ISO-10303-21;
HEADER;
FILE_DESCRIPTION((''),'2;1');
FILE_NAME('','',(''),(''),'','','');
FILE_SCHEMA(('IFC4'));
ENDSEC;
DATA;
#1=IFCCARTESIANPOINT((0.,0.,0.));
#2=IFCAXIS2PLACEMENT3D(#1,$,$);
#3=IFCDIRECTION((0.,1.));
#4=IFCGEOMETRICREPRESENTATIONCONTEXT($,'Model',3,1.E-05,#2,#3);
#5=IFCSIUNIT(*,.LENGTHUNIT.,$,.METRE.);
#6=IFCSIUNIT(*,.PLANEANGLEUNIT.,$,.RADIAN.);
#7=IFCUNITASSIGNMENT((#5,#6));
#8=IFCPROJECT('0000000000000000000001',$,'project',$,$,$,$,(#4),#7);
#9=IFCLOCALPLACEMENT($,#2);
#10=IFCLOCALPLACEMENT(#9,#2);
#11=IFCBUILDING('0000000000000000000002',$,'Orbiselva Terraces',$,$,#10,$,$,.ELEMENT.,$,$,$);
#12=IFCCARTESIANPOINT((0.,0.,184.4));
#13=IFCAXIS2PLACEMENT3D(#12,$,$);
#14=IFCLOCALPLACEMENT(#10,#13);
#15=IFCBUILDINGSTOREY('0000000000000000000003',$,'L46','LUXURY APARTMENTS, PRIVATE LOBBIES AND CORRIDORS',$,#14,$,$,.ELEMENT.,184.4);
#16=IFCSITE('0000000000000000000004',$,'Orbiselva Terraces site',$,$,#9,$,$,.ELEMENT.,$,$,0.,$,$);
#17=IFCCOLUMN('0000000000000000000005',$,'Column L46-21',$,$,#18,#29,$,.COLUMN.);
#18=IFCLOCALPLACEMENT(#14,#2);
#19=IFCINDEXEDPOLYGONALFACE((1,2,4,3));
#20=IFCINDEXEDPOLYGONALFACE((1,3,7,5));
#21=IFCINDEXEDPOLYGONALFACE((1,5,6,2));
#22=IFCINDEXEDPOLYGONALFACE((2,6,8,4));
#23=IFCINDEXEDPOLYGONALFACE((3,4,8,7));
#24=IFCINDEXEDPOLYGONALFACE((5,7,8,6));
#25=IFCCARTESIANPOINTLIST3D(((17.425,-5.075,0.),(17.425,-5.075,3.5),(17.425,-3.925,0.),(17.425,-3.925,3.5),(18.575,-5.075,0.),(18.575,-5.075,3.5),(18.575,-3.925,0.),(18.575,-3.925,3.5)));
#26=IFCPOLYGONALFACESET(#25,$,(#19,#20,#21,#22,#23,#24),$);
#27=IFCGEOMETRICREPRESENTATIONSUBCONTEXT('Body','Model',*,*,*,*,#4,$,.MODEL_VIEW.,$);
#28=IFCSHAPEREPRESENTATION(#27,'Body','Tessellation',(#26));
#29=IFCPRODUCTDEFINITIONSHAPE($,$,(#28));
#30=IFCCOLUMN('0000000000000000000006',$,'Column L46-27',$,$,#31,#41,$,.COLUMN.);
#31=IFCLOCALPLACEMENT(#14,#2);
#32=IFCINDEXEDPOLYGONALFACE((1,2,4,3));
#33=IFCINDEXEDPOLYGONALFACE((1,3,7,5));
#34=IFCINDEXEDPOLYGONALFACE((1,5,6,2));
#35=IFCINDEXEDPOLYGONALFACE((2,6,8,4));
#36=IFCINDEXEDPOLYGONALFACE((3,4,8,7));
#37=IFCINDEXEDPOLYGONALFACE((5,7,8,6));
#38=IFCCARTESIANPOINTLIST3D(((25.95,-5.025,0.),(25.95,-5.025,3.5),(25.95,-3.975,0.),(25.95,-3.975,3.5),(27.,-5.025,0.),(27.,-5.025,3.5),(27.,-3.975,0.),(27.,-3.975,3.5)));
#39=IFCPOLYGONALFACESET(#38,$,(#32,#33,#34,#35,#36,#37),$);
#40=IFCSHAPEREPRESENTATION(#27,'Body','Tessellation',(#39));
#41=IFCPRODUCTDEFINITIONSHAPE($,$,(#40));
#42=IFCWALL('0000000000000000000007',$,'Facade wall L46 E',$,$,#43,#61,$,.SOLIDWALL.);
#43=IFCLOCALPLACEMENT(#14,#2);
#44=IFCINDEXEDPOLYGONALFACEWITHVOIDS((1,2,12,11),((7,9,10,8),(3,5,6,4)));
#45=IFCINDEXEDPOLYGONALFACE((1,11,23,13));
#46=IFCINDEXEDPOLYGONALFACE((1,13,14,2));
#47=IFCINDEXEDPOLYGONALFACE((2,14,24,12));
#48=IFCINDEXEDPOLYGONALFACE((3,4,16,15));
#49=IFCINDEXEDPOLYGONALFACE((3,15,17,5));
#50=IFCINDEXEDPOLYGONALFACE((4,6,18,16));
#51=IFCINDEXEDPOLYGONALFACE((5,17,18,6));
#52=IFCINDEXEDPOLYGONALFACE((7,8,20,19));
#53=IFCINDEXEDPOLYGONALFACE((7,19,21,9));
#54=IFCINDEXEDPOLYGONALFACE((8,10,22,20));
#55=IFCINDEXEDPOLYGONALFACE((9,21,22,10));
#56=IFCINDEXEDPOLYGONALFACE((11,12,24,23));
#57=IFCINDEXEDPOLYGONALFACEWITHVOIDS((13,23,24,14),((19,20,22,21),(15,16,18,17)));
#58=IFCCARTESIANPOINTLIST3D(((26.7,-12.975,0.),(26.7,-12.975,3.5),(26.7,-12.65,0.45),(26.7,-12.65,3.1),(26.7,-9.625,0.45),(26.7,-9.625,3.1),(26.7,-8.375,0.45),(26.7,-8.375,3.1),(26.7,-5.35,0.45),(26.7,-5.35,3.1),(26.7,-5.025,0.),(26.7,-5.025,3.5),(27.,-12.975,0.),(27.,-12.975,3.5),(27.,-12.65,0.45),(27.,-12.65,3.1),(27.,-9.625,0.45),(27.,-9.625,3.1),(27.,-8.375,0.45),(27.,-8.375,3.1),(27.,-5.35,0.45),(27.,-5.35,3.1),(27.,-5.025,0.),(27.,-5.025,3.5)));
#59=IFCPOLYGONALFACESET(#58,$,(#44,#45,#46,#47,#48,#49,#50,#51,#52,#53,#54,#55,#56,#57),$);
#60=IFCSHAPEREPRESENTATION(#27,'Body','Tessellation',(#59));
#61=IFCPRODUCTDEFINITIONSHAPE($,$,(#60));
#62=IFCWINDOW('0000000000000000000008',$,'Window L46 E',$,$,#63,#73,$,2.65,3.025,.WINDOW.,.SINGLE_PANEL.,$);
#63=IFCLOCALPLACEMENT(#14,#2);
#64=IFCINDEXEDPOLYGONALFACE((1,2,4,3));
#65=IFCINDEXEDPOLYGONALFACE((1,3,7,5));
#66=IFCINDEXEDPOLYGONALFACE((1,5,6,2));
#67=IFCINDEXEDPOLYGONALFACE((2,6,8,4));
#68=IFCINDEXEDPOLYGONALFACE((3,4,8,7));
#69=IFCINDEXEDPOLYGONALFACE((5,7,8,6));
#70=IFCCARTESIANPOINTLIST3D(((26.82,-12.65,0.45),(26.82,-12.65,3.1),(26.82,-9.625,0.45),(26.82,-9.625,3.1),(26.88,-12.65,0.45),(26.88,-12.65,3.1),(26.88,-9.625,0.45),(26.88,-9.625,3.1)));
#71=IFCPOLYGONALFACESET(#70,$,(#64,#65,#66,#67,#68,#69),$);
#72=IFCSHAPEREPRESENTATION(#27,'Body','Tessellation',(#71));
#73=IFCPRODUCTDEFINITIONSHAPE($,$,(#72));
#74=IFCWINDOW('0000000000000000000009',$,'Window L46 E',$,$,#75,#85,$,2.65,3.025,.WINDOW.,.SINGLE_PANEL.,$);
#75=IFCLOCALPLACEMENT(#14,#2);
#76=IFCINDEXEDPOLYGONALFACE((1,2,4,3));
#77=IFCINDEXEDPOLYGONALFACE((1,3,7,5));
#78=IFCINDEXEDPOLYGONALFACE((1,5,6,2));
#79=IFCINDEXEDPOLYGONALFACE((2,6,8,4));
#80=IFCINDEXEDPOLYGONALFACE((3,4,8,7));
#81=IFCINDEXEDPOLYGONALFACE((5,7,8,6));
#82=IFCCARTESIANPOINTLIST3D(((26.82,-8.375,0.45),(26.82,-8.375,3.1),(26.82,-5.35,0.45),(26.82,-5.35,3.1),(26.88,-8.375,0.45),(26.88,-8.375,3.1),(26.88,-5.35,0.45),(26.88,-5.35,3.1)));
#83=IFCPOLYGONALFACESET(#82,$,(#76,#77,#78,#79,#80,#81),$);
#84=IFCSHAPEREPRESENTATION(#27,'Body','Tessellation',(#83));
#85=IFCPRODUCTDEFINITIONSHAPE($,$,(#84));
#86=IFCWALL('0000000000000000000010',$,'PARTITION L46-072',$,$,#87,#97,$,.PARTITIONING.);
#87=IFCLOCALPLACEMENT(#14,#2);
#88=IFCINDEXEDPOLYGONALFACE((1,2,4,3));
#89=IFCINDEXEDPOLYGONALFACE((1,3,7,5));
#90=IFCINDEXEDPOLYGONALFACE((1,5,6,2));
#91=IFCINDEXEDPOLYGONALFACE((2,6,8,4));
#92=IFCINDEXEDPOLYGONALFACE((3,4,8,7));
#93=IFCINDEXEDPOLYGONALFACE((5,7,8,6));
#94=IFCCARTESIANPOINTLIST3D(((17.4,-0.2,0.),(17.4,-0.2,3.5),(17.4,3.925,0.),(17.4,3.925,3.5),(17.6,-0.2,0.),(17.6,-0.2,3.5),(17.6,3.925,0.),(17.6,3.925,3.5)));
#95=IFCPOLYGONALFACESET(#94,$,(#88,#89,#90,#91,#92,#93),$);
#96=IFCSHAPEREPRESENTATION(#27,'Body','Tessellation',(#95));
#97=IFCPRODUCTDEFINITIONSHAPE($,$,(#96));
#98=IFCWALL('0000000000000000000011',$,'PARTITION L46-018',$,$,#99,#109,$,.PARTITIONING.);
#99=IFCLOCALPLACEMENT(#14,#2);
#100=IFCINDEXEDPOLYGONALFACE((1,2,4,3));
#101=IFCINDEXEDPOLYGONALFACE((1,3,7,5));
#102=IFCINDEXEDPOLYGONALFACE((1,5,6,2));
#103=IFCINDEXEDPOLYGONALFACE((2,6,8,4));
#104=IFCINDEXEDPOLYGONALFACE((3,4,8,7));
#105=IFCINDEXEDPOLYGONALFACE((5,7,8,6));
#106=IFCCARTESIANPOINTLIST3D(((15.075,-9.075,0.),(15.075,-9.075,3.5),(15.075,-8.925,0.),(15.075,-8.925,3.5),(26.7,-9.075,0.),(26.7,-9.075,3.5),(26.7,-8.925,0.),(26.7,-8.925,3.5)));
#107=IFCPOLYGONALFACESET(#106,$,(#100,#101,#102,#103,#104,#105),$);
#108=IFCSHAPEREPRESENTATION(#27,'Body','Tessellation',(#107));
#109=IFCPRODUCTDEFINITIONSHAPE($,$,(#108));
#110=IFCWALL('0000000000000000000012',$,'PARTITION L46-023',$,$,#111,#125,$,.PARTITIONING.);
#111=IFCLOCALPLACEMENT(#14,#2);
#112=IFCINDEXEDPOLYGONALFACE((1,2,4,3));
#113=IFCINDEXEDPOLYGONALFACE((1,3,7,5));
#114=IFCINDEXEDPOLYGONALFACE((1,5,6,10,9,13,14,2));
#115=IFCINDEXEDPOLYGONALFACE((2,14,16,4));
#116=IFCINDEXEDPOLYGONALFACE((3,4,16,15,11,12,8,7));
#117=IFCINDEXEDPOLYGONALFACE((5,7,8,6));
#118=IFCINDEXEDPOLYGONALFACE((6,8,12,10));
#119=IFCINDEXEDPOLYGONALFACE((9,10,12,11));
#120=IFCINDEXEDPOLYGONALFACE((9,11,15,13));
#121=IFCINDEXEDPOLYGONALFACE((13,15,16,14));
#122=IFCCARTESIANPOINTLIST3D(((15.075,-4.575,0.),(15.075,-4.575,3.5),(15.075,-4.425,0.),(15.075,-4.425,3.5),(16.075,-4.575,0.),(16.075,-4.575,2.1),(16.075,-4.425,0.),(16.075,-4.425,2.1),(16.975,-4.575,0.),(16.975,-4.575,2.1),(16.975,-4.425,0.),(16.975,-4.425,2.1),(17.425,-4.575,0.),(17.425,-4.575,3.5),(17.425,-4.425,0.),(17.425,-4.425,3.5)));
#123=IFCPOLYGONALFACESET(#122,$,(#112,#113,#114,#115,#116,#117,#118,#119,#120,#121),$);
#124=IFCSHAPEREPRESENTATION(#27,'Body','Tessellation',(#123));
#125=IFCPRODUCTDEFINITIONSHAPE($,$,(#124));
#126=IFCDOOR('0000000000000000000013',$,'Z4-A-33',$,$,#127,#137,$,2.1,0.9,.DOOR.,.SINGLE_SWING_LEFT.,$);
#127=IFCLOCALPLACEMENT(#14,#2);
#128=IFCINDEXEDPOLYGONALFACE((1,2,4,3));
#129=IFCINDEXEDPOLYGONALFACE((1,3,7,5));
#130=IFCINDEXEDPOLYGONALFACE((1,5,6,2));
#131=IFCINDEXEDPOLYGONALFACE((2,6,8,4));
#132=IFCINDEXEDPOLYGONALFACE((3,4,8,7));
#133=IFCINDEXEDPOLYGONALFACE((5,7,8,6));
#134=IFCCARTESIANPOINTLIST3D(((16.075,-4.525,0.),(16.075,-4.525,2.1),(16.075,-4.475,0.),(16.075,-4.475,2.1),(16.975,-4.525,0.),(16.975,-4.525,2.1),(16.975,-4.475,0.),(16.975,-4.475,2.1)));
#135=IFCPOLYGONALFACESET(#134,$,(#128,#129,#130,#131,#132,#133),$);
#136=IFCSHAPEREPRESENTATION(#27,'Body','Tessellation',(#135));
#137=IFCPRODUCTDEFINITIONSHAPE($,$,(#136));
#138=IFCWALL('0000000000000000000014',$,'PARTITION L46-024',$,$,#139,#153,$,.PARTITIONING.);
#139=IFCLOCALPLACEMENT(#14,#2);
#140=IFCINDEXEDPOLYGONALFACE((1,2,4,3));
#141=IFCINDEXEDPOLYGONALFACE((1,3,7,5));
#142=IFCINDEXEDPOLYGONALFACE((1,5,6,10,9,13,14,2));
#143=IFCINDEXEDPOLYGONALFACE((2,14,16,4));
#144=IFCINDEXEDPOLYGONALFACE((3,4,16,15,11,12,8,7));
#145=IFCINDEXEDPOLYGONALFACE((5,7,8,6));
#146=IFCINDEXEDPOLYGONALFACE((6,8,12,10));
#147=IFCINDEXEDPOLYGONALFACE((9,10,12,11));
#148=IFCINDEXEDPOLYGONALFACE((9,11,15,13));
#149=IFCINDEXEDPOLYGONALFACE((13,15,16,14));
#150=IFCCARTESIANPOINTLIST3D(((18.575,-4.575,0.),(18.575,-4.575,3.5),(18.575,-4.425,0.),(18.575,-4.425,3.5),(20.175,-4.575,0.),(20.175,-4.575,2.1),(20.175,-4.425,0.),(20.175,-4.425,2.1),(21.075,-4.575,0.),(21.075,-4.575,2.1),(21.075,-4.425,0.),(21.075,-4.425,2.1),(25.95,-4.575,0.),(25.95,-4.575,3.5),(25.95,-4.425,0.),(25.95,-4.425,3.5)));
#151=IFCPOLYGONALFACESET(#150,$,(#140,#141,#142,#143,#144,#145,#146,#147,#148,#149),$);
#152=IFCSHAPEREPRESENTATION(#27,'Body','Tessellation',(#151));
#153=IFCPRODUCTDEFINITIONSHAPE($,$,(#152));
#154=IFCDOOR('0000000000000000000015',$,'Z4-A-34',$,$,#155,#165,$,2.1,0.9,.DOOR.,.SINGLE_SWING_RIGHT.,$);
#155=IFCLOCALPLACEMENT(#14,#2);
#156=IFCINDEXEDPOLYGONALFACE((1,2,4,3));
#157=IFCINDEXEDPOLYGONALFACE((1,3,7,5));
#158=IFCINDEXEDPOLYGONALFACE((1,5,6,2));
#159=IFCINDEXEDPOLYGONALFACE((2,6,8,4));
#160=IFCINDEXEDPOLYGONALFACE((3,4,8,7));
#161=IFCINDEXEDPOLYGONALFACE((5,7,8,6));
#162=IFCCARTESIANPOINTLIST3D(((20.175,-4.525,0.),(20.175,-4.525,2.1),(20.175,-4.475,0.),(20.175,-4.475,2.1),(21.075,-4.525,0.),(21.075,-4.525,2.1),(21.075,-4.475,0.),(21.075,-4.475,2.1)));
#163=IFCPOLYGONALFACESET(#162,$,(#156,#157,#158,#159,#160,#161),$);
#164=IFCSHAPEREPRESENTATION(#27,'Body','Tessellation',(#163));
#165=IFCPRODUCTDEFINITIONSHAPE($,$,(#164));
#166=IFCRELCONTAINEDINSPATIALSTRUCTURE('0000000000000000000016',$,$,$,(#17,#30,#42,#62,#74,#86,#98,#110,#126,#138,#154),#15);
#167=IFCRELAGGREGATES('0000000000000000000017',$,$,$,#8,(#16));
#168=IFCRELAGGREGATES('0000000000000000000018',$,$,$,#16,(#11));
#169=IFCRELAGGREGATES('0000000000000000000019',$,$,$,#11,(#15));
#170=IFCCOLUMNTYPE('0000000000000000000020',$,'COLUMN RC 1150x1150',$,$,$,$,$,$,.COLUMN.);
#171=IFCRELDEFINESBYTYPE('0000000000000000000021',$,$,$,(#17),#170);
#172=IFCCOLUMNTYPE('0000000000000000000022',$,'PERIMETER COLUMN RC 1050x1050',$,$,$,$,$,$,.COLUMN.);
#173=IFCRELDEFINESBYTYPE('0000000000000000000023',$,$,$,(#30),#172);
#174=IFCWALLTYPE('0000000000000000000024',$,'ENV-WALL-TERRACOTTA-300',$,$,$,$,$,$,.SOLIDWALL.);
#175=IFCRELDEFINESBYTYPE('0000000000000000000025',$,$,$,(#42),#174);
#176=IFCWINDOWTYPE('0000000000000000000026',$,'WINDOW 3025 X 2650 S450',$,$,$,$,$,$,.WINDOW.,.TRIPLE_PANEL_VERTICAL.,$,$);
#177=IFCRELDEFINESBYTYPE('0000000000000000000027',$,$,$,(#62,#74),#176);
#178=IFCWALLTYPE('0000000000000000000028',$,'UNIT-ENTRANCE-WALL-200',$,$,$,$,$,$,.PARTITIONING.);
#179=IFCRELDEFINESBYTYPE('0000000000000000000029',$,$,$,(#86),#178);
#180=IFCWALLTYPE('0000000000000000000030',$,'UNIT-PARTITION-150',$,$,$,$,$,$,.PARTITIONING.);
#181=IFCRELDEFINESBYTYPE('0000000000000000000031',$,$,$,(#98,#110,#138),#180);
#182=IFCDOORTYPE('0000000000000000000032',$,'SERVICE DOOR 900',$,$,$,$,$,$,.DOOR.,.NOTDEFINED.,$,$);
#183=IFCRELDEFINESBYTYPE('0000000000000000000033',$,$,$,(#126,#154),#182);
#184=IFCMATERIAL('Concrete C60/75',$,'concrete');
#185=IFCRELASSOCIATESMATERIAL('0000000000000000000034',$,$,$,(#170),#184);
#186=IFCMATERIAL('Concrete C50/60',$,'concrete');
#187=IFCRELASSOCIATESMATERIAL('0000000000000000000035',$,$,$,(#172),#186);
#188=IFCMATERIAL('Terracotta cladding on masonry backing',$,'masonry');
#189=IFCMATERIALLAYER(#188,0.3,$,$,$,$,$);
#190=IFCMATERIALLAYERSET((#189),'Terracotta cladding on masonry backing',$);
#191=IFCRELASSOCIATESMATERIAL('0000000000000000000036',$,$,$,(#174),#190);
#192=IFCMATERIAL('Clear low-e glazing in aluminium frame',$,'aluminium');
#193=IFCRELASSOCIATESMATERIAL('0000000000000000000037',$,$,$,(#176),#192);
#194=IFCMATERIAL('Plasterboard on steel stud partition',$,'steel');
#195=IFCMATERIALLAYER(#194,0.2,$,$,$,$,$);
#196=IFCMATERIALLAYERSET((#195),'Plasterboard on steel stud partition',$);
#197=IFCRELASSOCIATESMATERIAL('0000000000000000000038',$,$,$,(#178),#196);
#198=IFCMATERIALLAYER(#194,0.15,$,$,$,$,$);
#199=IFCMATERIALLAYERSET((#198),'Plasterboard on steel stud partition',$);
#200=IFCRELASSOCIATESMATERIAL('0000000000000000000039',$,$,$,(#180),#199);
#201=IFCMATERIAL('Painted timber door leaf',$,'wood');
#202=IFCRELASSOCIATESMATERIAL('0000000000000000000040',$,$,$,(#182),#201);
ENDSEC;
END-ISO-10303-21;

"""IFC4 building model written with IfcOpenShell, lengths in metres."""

from ifc_helpers import new_model, si_unit, direction, frame, frame_2d, origin, origin_2d, place, context, subcontext, project, spatial, rectangle, extrude, material, layer, layer_set, material_profile, profile_set, type_object, element, fill, save


model = new_model("IFC4")

# Units and contexts
model_context = context("Model", 3, precision=1e-05, world=origin(), true_north=direction((0.0, 1.0)))
body_context = subcontext(model_context, "Body", "Model", "MODEL_VIEW")
ifc_project = project(units=[si_unit("LENGTHUNIT", "METRE"), si_unit("PLANEANGLEUNIT", "RADIAN")], contexts=[model_context])

# Site, building, storey
site_placement = place(None, origin())
site = spatial("IfcSite", under=ifc_project, at=site_placement, Name="Orbiselva Terraces site", CompositionType="ELEMENT", RefElevation=0.0)
building_placement = place(site_placement, origin())
building = spatial("IfcBuilding", under=site, at=building_placement, Name="Orbiselva Terraces", CompositionType="ELEMENT")
storey_placement = place(building_placement, frame((0.0, 0.0, 184.4)))
storey = spatial("IfcBuildingStorey", under=building, at=storey_placement, Name="L46", Description="LUXURY APARTMENTS, PRIVATE LOBBIES AND CORRIDORS", CompositionType="ELEMENT", Elevation=184.4)

# Columns
ifc_material_1 = material(Name="Concrete C60/75", Category="concrete")
ifc_material_profile_1 = material_profile(ifc_material_1, rectangle(XDim=1.15, YDim=1.15, at=origin_2d()), Name="RC 1150x1150")
ifc_profile_set_1 = profile_set([ifc_material_profile_1], Name="Concrete C60/75")
column_type_1 = type_object("IfcColumnType", Name="COLUMN RC 1150x1150", PredefinedType="COLUMN", material=ifc_profile_set_1)
column_1_placement = place(storey_placement, frame((18.0, -4.5, 0.0), z_axis=(0.0, 0.0, 1.0), x_axis=(1.0, 0.0, 0.0)))
element("IfcColumn", 1, at=column_1_placement, inside=storey, type_object=column_type_1, Name="Column L46-21", PredefinedType="COLUMN", context=body_context, shape_type="SweptSolid", body=[
    extrude(rectangle(XDim=1.15, YDim=1.15, at=origin_2d()), origin(), (0.0, 0.0, 1.0), 3.5),
])
ifc_material_2 = material(Name="Concrete C50/60", Category="concrete")
ifc_material_profile_2 = material_profile(ifc_material_2, rectangle(XDim=1.05, YDim=1.05, at=origin_2d()), Name="RC 1050x1050")
ifc_profile_set_2 = profile_set([ifc_material_profile_2], Name="Concrete C50/60")
column_type_2 = type_object("IfcColumnType", Name="PERIMETER COLUMN RC 1050x1050", PredefinedType="COLUMN", material=ifc_profile_set_2)
column_2_placement = place(storey_placement, frame((26.475, -4.5, 0.0), z_axis=(0.0, 0.0, 1.0), x_axis=(1.0, 0.0, 0.0)))
element("IfcColumn", 2, at=column_2_placement, inside=storey, type_object=column_type_2, Name="Column L46-27", PredefinedType="COLUMN", context=body_context, shape_type="SweptSolid", body=[
    extrude(rectangle(XDim=1.05, YDim=1.05, at=origin_2d()), origin(), (0.0, 0.0, 1.0), 3.5),
])

# Wall, openings, windows
ifc_material_3 = material(Name="Terracotta cladding on masonry backing", Category="masonry")
ifc_layer_1 = layer(ifc_material_3, 0.3)
ifc_layer_set_1 = layer_set([ifc_layer_1], Name="Terracotta cladding on masonry backing")
wall_type_1 = type_object("IfcWallType", Name="ENV-WALL-TERRACOTTA-300", PredefinedType="SOLIDWALL", material=ifc_layer_set_1)
wall_1_placement = place(storey_placement, frame((26.85, -5.025, 0.0), z_axis=(0.0, 0.0, 1.0), x_axis=(0.0, -1.0, 0.0)))
wall_1 = element("IfcWall", 3, at=wall_1_placement, inside=storey, type_object=wall_type_1, Name="Facade wall L46 E", PredefinedType="SOLIDWALL", context=body_context, shape_type="SweptSolid", body=[
    extrude(rectangle(XDim=7.95, YDim=0.3, at=frame_2d((3.975, 0.0))), origin(), (0.0, 0.0, 1.0), 3.5),
])
opening_1_placement = place(wall_1_placement, frame((4.6, 0.0, 0.45)))
opening_1 = element("IfcOpeningElement", 4, at=opening_1_placement, cuts=wall_1, PredefinedType="OPENING", context=body_context, shape_type="SweptSolid", body=[
    extrude(rectangle(XDim=3.025, YDim=2.65, at=frame_2d((1.5125, 1.325))), frame((0.0, 0.16, 0.0), z_axis=(0.0, -1.0, 0.0), x_axis=(1.0, 0.0, 0.0)), (0.0, 0.0, 1.0), 0.32),
])
opening_2_placement = place(wall_1_placement, frame((0.325, 0.0, 0.45)))
opening_2 = element("IfcOpeningElement", 5, at=opening_2_placement, cuts=wall_1, PredefinedType="OPENING", context=body_context, shape_type="SweptSolid", body=[
    extrude(rectangle(XDim=3.025, YDim=2.65, at=frame_2d((1.5125, 1.325))), frame((0.0, 0.16, 0.0), z_axis=(0.0, -1.0, 0.0), x_axis=(1.0, 0.0, 0.0)), (0.0, 0.0, 1.0), 0.32),
])
ifc_material_4 = material(Name="Clear low-e glazing in aluminium frame", Category="aluminium")
window_type = type_object("IfcWindowType", Name="WINDOW 3025 X 2650 S450", PartitioningType="TRIPLE_PANEL_VERTICAL", PredefinedType="WINDOW", material=ifc_material_4)
window_1_placement = place(opening_1_placement, origin())
window_1 = element("IfcWindow", 6, at=window_1_placement, inside=storey, type_object=window_type, Name="Window L46 E", OverallHeight=2.65, OverallWidth=3.025, PartitioningType="SINGLE_PANEL", PredefinedType="WINDOW", context=body_context, shape_type="SweptSolid", body=[
    extrude(rectangle(XDim=3.025, YDim=2.65, at=frame_2d((1.5125, 1.325))), frame((0.0, 0.03, 0.0), z_axis=(0.0, -1.0, 0.0), x_axis=(1.0, 0.0, 0.0)), (0.0, 0.0, 1.0), 0.06),
])
fill(opening_1, window_1)
window_2_placement = place(opening_2_placement, origin())
window_2 = element("IfcWindow", 7, at=window_2_placement, inside=storey, type_object=window_type, Name="Window L46 E", OverallHeight=2.65, OverallWidth=3.025, PartitioningType="SINGLE_PANEL", PredefinedType="WINDOW", context=body_context, shape_type="SweptSolid", body=[
    extrude(rectangle(XDim=3.025, YDim=2.65, at=frame_2d((1.5125, 1.325))), frame((0.0, 0.03, 0.0), z_axis=(0.0, -1.0, 0.0), x_axis=(1.0, 0.0, 0.0)), (0.0, 0.0, 1.0), 0.06),
])
fill(opening_2, window_2)

# Walls
ifc_material_5 = material(Name="Plasterboard on steel stud partition", Category="steel")
ifc_layer_2 = layer(ifc_material_5, 0.2)
ifc_layer_set_2 = layer_set([ifc_layer_2], Name="Plasterboard on steel stud partition")
wall_type_2 = type_object("IfcWallType", Name="UNIT-ENTRANCE-WALL-200", PredefinedType="PARTITIONING", material=ifc_layer_set_2)
wall_2_placement = place(storey_placement, frame((17.5, -0.2, 0.0), z_axis=(0.0, 0.0, 1.0), x_axis=(0.0, 1.0, 0.0)))
element("IfcWall", 8, at=wall_2_placement, inside=storey, type_object=wall_type_2, Name="PARTITION L46-072", PredefinedType="PARTITIONING", context=body_context, shape_type="SweptSolid", body=[
    extrude(rectangle(XDim=4.125, YDim=0.2, at=frame_2d((2.0625, 0.0))), origin(), (0.0, 0.0, 1.0), 3.5),
])
ifc_layer_3 = layer(ifc_material_5, 0.15)
ifc_layer_set_3 = layer_set([ifc_layer_3], Name="Plasterboard on steel stud partition")
wall_type_3 = type_object("IfcWallType", Name="UNIT-PARTITION-150", PredefinedType="PARTITIONING", material=ifc_layer_set_3)
wall_3_placement = place(storey_placement, frame((15.075, -9.0, 0.0), z_axis=(0.0, 0.0, 1.0), x_axis=(1.0, 0.0, 0.0)))
element("IfcWall", 9, at=wall_3_placement, inside=storey, type_object=wall_type_3, Name="PARTITION L46-018", PredefinedType="PARTITIONING", context=body_context, shape_type="SweptSolid", body=[
    extrude(rectangle(XDim=11.625, YDim=0.15, at=frame_2d((5.8125, 0.0))), origin(), (0.0, 0.0, 1.0), 3.5),
])

# Walls, openings, doors
wall_4_placement = place(storey_placement, frame((17.425, -4.5, 0.0), z_axis=(0.0, 0.0, 1.0), x_axis=(-1.0, 0.0, 0.0)))
wall_4 = element("IfcWall", 10, at=wall_4_placement, inside=storey, type_object=wall_type_3, Name="PARTITION L46-023", PredefinedType="PARTITIONING", context=body_context, shape_type="SweptSolid", body=[
    extrude(rectangle(XDim=2.35, YDim=0.15, at=frame_2d((1.175, 0.0))), origin(), (0.0, 0.0, 1.0), 3.5),
])
opening_3_placement = place(wall_4_placement, frame((0.45, 0.0, 0.0)))
opening_3 = element("IfcOpeningElement", 11, at=opening_3_placement, cuts=wall_4, PredefinedType="OPENING", context=body_context, shape_type="SweptSolid", body=[
    extrude(rectangle(XDim=0.9, YDim=2.1, at=frame_2d((0.45, 1.05))), frame((0.0, 0.085, 0.0), z_axis=(0.0, -1.0, 0.0), x_axis=(1.0, 0.0, 0.0)), (0.0, 0.0, 1.0), 0.17),
])
ifc_material_6 = material(Name="Painted timber door leaf", Category="wood")
door_type_1 = type_object("IfcDoorType", Name="SERVICE DOOR 900", OperationType="NOTDEFINED", PredefinedType="DOOR", material=ifc_material_6)
door_1_placement = place(opening_3_placement, origin())
door_1 = element("IfcDoor", 12, at=door_1_placement, inside=storey, type_object=door_type_1, Name="Z4-A-33", OperationType="SINGLE_SWING_LEFT", OverallHeight=2.1, OverallWidth=0.9, PredefinedType="DOOR", context=body_context, shape_type="SweptSolid", body=[
    extrude(rectangle(XDim=0.9, YDim=2.1, at=frame_2d((0.45, 1.05))), frame((0.0, 0.025, 0.0), z_axis=(0.0, -1.0, 0.0), x_axis=(1.0, 0.0, 0.0)), (0.0, 0.0, 1.0), 0.05),
])
fill(opening_3, door_1)
wall_5_placement = place(storey_placement, frame((25.95, -4.5, 0.0), z_axis=(0.0, 0.0, 1.0), x_axis=(-1.0, 0.0, 0.0)))
wall_5 = element("IfcWall", 13, at=wall_5_placement, inside=storey, type_object=wall_type_3, Name="PARTITION L46-024", PredefinedType="PARTITIONING", context=body_context, shape_type="SweptSolid", body=[
    extrude(rectangle(XDim=7.375, YDim=0.15, at=frame_2d((3.6875, 0.0))), origin(), (0.0, 0.0, 1.0), 3.5),
])
opening_4_placement = place(wall_5_placement, frame((4.875, 0.0, 0.0)))
opening_4 = element("IfcOpeningElement", 14, at=opening_4_placement, cuts=wall_5, PredefinedType="OPENING", context=body_context, shape_type="SweptSolid", body=[
    extrude(rectangle(XDim=0.9, YDim=2.1, at=frame_2d((0.45, 1.05))), frame((0.0, 0.085, 0.0), z_axis=(0.0, -1.0, 0.0), x_axis=(1.0, 0.0, 0.0)), (0.0, 0.0, 1.0), 0.17),
])
door_2_placement = place(opening_4_placement, origin())
door_2 = element("IfcDoor", 15, at=door_2_placement, inside=storey, type_object=door_type_1, Name="Z4-A-34", OperationType="SINGLE_SWING_RIGHT", OverallHeight=2.1, OverallWidth=0.9, PredefinedType="DOOR", context=body_context, shape_type="SweptSolid", body=[
    extrude(rectangle(XDim=0.9, YDim=2.1, at=frame_2d((0.45, 1.05))), frame((0.0, 0.025, 0.0), z_axis=(0.0, -1.0, 0.0), x_axis=(1.0, 0.0, 0.0)), (0.0, 0.0, 1.0), 0.05),
])
fill(opening_4, door_2)

save(model, "model.ifc")
